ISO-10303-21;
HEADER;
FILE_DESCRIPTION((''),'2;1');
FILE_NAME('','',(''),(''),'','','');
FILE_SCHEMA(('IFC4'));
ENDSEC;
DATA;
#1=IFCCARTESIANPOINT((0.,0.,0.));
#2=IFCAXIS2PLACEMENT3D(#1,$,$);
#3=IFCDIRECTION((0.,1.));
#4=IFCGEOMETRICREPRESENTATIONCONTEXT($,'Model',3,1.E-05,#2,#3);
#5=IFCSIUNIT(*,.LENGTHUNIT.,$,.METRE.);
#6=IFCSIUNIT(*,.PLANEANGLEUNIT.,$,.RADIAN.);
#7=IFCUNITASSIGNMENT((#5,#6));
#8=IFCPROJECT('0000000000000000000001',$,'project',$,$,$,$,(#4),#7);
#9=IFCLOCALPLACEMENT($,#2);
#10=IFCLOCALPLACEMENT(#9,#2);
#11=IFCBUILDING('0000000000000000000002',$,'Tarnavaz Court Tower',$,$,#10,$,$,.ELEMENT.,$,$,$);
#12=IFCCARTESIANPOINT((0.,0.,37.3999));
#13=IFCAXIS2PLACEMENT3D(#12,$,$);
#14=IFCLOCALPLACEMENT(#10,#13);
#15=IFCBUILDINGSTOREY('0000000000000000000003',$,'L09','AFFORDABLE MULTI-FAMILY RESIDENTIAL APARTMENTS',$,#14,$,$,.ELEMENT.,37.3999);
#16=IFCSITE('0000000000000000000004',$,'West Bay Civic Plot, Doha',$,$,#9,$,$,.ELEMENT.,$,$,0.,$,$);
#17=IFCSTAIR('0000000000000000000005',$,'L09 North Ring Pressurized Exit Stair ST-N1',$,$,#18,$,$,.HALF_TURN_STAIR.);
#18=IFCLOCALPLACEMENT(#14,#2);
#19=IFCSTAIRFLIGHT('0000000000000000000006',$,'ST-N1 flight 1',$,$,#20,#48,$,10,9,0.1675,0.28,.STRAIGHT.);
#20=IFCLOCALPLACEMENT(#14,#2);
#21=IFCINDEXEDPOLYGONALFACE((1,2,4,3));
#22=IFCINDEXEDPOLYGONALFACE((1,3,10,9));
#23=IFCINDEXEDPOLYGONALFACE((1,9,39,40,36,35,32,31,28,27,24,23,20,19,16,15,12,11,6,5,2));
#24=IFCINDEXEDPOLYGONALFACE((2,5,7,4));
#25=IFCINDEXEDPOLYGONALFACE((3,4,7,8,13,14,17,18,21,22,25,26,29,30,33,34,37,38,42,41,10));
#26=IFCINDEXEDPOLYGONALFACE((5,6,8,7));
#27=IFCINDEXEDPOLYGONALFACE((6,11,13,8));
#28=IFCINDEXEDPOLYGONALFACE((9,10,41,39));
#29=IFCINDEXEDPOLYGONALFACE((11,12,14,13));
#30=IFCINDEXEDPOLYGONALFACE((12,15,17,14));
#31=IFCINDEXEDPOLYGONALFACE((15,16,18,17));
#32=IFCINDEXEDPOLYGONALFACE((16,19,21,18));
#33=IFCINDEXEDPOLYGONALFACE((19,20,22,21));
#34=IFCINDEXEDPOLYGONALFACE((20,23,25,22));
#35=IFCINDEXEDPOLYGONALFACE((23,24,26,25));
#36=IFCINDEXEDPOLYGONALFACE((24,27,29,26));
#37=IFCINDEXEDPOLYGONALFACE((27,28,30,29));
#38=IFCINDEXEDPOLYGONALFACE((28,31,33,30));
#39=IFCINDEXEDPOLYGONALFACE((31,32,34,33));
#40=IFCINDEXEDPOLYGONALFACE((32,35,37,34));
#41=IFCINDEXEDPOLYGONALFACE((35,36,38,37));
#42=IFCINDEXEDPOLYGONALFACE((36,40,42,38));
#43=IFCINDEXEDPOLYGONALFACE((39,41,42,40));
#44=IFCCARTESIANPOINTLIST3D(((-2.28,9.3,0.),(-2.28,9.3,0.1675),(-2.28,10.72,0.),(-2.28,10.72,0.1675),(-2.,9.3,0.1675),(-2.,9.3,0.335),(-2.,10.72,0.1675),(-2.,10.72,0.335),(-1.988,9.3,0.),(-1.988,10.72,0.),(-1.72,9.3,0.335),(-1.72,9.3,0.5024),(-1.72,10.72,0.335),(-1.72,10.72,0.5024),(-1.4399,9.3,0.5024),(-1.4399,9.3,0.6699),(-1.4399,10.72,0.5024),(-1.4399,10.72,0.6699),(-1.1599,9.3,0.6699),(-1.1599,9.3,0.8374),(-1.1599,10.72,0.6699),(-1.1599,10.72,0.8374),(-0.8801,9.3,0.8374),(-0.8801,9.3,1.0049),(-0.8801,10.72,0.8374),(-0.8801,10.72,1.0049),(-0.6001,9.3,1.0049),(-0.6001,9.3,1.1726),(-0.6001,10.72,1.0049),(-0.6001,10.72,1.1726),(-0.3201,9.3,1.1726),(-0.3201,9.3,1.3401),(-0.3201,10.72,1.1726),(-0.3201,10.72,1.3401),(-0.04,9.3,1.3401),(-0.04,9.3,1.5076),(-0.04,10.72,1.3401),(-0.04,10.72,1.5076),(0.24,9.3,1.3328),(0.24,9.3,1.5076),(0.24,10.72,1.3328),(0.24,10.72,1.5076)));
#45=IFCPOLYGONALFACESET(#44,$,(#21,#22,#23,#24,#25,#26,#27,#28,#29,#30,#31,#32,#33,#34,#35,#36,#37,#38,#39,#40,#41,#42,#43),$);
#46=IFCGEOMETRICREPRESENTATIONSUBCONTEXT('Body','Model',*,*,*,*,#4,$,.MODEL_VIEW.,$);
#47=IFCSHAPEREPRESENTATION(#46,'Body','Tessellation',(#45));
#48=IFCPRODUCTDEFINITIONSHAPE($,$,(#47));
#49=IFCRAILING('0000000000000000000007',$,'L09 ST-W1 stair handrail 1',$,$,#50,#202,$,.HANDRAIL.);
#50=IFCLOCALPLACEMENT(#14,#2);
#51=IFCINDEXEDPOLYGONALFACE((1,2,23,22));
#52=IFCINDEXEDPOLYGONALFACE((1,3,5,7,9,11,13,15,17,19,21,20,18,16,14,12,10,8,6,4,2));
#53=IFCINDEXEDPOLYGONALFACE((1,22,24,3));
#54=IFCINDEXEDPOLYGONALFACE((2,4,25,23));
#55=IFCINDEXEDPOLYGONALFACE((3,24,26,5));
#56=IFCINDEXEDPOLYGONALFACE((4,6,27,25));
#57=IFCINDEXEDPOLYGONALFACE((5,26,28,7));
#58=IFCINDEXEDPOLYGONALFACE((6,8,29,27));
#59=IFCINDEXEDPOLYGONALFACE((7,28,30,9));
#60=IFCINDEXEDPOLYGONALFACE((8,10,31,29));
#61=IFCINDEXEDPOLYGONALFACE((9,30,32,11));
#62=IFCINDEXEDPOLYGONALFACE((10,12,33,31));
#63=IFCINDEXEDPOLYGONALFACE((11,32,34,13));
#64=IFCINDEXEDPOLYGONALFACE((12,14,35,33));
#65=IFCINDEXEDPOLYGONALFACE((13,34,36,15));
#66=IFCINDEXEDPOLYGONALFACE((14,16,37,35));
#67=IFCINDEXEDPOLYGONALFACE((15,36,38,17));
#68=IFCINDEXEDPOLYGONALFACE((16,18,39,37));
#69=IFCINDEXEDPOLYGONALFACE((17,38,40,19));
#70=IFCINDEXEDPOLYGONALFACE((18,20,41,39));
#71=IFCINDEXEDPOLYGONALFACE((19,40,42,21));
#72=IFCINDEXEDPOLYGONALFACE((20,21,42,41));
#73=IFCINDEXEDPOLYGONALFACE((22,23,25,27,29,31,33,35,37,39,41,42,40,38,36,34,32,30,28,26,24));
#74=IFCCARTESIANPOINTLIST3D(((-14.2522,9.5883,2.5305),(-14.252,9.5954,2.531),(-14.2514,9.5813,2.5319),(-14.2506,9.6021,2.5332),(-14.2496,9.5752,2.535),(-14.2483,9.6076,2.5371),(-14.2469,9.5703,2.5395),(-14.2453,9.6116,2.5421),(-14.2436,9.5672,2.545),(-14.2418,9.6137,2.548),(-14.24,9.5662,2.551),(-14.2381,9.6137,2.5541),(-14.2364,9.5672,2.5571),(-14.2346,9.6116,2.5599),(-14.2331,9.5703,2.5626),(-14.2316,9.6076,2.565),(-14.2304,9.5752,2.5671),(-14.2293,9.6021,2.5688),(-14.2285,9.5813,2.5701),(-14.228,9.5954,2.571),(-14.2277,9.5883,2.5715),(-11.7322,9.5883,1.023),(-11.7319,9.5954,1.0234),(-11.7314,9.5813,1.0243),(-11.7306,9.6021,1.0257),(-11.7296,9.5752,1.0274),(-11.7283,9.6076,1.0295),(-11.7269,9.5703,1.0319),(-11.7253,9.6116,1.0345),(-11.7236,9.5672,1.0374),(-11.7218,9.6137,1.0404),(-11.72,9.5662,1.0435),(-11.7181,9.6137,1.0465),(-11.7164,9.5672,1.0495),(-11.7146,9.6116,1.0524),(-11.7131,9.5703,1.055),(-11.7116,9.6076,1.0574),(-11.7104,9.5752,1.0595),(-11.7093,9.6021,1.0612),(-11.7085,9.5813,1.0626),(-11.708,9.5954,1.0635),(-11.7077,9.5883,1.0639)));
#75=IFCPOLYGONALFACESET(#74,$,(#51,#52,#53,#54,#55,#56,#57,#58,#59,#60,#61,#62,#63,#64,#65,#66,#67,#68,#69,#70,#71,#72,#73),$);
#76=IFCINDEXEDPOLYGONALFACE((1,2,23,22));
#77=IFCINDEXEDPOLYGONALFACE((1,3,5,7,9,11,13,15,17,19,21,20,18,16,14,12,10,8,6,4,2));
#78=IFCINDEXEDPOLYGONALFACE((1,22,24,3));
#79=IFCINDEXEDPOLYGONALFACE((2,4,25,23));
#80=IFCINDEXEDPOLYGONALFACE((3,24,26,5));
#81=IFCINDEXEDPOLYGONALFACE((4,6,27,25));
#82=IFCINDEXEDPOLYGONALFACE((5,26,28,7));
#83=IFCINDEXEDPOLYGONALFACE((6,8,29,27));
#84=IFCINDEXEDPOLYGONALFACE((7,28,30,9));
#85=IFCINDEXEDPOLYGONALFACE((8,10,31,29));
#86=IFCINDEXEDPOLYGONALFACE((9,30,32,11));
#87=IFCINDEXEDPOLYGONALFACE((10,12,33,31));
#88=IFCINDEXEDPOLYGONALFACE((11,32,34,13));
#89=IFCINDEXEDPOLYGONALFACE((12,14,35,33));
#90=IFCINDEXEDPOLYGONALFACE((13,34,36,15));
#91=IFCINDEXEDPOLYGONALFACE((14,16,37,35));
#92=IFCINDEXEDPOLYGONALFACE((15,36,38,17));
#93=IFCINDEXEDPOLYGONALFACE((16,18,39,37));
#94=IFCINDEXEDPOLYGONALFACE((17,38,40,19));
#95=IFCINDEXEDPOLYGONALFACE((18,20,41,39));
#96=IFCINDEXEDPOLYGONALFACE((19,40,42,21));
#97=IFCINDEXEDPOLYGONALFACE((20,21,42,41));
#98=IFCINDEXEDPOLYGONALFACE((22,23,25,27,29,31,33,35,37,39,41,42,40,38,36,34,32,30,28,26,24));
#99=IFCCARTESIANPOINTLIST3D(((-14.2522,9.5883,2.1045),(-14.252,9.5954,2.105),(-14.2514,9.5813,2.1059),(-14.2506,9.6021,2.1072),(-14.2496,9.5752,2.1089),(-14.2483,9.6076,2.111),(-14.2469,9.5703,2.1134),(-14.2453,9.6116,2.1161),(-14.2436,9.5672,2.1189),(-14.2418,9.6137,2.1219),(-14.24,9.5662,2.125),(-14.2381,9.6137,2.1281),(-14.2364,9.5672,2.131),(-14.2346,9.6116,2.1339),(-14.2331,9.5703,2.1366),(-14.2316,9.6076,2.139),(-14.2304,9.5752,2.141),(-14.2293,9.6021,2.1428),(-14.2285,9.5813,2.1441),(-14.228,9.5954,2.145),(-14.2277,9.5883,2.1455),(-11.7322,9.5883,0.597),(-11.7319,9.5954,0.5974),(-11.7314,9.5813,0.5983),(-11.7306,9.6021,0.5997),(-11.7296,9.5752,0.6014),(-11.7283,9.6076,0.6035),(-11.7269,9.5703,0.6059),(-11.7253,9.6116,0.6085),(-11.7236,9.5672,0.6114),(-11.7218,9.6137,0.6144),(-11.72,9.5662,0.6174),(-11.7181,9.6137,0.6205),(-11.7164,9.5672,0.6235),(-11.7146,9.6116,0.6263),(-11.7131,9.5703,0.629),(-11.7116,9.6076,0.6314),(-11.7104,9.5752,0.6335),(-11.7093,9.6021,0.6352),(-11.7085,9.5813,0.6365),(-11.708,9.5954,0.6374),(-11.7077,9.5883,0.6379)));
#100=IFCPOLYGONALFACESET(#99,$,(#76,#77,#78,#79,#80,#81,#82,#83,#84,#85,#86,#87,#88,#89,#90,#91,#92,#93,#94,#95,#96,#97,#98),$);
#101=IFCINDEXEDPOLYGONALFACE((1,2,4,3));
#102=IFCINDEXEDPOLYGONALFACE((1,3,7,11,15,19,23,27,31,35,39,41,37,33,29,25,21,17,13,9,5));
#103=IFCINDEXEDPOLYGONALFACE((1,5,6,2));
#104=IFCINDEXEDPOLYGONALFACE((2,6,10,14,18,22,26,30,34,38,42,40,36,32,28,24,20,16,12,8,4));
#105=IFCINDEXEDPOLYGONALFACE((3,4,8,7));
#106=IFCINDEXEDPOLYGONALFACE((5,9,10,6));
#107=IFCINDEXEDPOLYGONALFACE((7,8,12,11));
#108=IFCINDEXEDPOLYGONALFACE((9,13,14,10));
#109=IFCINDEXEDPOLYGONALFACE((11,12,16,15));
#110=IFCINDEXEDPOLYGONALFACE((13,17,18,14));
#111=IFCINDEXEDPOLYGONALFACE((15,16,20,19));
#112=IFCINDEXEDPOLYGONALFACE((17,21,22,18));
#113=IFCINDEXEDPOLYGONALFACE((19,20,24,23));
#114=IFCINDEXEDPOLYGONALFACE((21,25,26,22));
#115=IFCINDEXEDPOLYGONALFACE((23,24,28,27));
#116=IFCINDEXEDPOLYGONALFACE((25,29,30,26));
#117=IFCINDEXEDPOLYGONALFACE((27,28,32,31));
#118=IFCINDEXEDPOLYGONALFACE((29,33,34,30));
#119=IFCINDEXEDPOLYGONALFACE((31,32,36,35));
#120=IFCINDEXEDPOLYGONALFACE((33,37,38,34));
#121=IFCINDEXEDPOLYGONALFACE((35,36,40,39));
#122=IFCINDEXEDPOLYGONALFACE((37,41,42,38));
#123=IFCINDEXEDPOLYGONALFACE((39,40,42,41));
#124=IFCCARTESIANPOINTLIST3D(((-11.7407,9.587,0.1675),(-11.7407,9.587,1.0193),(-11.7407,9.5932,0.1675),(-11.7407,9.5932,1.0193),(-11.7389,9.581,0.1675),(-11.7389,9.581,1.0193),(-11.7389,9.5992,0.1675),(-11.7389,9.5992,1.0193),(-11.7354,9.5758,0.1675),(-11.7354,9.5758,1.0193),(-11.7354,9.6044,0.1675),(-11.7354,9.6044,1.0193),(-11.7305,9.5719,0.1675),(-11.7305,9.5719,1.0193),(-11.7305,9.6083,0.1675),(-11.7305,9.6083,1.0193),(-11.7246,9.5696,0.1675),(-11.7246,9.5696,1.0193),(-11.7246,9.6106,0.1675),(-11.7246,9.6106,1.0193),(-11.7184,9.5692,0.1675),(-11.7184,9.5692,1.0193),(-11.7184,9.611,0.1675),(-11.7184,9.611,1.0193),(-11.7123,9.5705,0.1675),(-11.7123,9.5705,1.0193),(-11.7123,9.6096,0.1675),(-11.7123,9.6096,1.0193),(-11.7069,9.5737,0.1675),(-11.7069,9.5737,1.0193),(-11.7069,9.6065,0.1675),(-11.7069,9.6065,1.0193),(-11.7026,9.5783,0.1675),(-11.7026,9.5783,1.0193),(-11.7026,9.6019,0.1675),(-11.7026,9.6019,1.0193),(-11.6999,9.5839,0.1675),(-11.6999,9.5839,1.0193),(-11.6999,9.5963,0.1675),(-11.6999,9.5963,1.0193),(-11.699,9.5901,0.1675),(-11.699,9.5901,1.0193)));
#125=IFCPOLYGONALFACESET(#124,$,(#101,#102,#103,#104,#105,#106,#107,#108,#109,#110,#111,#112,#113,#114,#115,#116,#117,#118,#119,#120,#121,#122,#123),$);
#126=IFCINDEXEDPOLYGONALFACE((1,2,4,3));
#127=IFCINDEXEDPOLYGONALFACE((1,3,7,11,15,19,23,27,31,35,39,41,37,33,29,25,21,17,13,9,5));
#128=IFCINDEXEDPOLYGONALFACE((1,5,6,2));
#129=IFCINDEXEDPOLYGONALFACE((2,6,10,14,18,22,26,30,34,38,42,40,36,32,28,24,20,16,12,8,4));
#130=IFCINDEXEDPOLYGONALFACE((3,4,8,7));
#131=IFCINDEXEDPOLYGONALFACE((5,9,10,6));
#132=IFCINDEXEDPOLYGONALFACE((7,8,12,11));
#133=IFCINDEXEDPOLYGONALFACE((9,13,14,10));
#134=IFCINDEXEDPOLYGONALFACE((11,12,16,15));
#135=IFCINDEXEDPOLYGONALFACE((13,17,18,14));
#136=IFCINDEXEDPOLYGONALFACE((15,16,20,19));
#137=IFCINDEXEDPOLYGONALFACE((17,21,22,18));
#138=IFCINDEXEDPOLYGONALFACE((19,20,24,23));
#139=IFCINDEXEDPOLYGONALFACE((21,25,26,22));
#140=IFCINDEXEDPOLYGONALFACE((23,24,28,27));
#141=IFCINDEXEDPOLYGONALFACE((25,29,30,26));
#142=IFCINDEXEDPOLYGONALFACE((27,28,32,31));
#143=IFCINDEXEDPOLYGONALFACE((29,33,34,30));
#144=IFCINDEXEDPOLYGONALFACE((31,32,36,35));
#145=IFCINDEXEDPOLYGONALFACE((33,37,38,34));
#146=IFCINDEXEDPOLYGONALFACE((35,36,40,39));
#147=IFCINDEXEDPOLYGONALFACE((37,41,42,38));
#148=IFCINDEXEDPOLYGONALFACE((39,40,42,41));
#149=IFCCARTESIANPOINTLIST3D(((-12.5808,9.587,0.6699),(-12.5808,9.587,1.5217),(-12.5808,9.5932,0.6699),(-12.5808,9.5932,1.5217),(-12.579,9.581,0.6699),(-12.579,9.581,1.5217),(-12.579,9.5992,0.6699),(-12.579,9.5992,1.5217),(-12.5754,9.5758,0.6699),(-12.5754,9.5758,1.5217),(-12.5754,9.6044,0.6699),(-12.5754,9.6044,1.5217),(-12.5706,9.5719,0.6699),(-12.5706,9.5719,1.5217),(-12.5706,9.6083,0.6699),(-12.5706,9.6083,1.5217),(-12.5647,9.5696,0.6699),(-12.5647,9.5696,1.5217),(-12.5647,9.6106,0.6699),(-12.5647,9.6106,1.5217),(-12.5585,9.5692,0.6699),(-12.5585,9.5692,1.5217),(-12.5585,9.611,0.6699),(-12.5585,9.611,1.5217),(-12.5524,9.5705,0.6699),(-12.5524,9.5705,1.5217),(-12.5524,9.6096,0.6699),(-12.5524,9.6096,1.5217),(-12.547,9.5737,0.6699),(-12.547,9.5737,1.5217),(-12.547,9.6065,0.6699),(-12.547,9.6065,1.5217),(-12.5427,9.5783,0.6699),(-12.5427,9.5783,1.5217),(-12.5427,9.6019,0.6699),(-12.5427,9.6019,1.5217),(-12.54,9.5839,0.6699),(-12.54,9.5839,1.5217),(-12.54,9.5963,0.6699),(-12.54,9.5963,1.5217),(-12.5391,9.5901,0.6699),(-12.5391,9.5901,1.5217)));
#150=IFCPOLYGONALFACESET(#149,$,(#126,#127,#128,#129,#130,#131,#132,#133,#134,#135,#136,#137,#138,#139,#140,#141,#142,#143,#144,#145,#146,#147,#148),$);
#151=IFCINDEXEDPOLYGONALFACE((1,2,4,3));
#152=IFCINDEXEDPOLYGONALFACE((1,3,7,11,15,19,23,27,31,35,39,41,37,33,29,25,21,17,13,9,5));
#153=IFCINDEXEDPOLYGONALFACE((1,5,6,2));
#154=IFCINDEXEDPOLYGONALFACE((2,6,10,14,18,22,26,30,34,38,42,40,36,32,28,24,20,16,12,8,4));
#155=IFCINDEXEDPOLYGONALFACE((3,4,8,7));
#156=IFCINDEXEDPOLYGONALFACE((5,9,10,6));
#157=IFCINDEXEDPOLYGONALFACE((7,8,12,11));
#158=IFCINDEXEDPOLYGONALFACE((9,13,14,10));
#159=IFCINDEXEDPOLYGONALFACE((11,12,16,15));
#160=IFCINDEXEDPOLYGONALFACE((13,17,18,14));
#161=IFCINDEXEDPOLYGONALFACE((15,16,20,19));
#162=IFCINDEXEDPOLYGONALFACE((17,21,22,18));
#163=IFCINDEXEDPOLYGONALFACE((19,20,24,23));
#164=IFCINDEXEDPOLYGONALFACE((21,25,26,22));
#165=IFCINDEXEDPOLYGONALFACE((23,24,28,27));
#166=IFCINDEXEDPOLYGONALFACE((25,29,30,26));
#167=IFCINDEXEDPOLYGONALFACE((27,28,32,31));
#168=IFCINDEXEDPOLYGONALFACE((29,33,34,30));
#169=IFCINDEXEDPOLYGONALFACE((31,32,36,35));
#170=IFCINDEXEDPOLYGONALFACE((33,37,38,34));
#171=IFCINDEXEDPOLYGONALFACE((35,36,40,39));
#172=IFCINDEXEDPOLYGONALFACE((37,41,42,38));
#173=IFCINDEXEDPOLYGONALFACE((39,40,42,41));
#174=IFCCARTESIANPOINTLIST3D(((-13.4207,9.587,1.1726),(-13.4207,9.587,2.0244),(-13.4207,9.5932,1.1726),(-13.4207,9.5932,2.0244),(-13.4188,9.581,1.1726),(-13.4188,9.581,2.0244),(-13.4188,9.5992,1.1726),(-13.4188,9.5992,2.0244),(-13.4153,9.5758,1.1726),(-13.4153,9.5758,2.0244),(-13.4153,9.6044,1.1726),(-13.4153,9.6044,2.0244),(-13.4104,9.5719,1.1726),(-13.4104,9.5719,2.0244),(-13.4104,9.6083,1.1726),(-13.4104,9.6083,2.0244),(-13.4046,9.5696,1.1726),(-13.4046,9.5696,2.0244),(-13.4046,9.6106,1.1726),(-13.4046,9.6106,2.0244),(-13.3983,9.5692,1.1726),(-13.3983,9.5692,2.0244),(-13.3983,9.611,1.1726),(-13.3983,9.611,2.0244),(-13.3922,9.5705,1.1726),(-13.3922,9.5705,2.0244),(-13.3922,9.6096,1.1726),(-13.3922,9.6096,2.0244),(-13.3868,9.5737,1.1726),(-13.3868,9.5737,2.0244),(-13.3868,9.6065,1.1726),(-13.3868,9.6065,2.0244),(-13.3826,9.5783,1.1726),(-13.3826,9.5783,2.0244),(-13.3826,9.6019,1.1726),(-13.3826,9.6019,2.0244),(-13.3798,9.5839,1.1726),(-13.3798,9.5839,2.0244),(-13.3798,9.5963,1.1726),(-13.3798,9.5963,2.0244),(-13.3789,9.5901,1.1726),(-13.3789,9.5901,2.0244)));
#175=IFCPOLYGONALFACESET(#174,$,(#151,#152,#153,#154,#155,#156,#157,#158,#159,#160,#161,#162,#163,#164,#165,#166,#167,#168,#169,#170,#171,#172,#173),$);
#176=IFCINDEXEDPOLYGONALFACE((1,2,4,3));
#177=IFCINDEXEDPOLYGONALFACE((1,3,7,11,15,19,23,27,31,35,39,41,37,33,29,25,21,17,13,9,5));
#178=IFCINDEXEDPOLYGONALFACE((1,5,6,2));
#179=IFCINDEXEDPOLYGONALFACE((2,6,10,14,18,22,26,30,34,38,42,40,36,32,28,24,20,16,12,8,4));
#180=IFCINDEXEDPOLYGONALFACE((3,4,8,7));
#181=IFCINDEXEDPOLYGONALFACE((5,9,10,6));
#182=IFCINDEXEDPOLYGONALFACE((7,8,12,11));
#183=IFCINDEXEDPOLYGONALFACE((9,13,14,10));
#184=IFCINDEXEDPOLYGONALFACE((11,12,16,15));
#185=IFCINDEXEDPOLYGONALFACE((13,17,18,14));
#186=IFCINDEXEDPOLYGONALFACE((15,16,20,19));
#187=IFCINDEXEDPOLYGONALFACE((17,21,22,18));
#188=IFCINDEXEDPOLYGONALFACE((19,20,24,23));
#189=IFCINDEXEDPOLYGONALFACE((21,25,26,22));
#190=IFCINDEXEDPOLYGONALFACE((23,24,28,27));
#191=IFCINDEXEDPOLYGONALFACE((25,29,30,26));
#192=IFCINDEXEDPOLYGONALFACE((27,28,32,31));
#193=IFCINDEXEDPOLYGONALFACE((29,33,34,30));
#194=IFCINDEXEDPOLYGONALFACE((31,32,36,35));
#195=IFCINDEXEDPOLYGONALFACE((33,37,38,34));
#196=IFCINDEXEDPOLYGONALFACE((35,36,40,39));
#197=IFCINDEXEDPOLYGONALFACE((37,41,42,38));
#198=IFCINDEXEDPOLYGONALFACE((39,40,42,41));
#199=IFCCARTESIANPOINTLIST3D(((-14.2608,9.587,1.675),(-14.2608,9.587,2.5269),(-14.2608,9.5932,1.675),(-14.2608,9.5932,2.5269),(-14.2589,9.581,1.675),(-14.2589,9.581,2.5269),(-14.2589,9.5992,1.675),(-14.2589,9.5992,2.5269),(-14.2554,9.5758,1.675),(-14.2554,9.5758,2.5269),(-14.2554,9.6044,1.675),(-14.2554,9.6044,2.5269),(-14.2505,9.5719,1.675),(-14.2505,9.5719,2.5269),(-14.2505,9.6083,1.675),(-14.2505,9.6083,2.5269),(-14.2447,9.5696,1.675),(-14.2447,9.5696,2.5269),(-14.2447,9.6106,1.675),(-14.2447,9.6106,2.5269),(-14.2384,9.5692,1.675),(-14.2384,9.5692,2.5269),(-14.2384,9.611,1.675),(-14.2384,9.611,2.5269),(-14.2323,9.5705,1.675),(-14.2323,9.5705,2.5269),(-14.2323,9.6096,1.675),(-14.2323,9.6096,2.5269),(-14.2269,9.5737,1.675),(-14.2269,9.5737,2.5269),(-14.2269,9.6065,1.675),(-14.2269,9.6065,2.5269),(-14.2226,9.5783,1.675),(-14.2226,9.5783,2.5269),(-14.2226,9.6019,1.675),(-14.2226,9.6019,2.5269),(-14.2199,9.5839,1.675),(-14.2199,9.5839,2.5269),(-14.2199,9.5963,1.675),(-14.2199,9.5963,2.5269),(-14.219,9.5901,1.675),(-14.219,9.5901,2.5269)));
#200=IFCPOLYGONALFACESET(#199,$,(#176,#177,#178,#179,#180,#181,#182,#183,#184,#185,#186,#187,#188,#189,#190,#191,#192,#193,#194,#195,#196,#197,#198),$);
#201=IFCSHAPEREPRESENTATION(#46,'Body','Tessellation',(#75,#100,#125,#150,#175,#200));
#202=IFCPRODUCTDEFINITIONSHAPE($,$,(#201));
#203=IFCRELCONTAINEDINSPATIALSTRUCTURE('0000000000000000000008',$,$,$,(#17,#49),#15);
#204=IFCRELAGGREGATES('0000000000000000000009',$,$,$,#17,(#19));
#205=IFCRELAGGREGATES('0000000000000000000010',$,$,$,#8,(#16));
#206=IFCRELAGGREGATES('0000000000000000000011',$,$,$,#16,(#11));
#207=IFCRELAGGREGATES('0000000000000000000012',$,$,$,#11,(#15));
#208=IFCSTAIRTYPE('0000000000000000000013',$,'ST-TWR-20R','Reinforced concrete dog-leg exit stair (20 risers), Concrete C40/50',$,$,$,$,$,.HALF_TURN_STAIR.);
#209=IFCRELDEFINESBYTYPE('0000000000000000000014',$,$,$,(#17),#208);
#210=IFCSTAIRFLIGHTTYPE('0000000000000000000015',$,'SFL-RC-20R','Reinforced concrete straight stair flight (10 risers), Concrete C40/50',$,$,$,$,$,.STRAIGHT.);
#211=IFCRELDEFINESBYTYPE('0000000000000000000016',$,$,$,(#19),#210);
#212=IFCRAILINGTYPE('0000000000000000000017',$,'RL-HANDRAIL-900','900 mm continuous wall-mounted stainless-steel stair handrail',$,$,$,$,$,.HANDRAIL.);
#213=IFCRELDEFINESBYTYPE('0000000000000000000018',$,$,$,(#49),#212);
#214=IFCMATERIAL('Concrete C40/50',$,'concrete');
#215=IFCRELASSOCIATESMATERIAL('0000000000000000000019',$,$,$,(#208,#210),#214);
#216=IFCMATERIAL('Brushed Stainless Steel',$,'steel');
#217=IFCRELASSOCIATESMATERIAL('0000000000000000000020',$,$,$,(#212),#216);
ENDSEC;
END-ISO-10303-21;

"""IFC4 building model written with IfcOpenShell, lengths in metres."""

from ifc_helpers import new_model, si_unit, direction, frame, origin, origin_2d, place, context, subcontext, project, spatial, polyline, circle, outline, extrude, material, type_object, element, aggregate, save


model = new_model("IFC4")

# Units and contexts
model_context = context("Model", 3, precision=1e-05, world=origin(), true_north=direction((0.0, 1.0)))
body_context = subcontext(model_context, "Body", "Model", "MODEL_VIEW")
ifc_project = project(units=[si_unit("LENGTHUNIT", "METRE"), si_unit("PLANEANGLEUNIT", "RADIAN")], contexts=[model_context])

# Site, building, storey
site_placement = place(None, origin())
site = spatial("IfcSite", under=ifc_project, at=site_placement, Name="West Bay Civic Plot, Doha", CompositionType="ELEMENT", RefElevation=0.0)
building_placement = place(site_placement, origin())
building = spatial("IfcBuilding", under=site, at=building_placement, Name="Tarnavaz Court Tower", CompositionType="ELEMENT")
storey_placement = place(building_placement, frame((0.0, 0.0, 37.3999)))
storey = spatial("IfcBuildingStorey", under=building, at=storey_placement, Name="L09", Description="AFFORDABLE MULTI-FAMILY RESIDENTIAL APARTMENTS", CompositionType="ELEMENT", Elevation=37.3999)

# Stair, stair flight
ifc_material_1 = material(Name="Concrete C40/50", Category="concrete")
stair_type = type_object("IfcStairType", Name="ST-TWR-20R", Description="Reinforced concrete dog-leg exit stair (20 risers), Concrete C40/50", PredefinedType="HALF_TURN_STAIR", material=ifc_material_1)
stair_flight_type = type_object("IfcStairFlightType", Name="SFL-RC-20R", Description="Reinforced concrete straight stair flight (10 risers), Concrete C40/50", PredefinedType="STRAIGHT", material=ifc_material_1)
stair_1_placement = place(storey_placement, origin())
stair_1 = element("IfcStair", 1, at=stair_1_placement, inside=storey, type_object=stair_type, Name="L09 North Ring Pressurized Exit Stair ST-N1", PredefinedType="HALF_TURN_STAIR")
stair_flight_1_placement = place(storey_placement, frame((-2.28, 10.01, 0.0), z_axis=(0.0, 0.0, 1.0), x_axis=(1.0, 0.0, 0.0)))
stair_flight_1 = element("IfcStairFlight", 2, at=stair_flight_1_placement, type_object=stair_flight_type, Name="ST-N1 flight 1", NumberOfRisers=10, NumberOfTreads=9, PredefinedType="STRAIGHT", RiserHeight=0.1675, TreadLength=0.28, context=body_context, shape_type="SweptSolid", body=[
    extrude(outline(polyline([(0.0, 0.0), (0.0, 0.1675), (0.28, 0.1675), (0.28, 0.335), (0.5601, 0.335), (0.5601, 0.5024), (0.8401, 0.5024), (0.8401, 0.6699), (1.1201, 0.6699), (1.1201, 0.8374), (1.3999, 0.8374), (1.3999, 1.0049), (1.6799, 1.0049), (1.6799, 1.1726), (1.96, 1.1726), (1.96, 1.3401), (2.24, 1.3401), (2.24, 1.5076), (2.52, 1.5076), (2.52, 1.675), (2.52, 1.3328), (0.292, 0.0), (0.0, 0.0)])), frame((0.0, 0.71, 0.0), z_axis=(0.0, -1.0, 0.0), x_axis=(1.0, 0.0, 0.0)), (0.0, 0.0, 1.0), 1.4199),
])
aggregate(stair_1, [stair_flight_1])

# Railing
ifc_material_2 = material(Name="Brushed Stainless Steel", Category="steel")
railing_type_1 = type_object("IfcRailingType", Name="RL-HANDRAIL-900", Description="900 mm continuous wall-mounted stainless-steel stair handrail", PredefinedType="HANDRAIL", material=ifc_material_2)
railing_1_placement = place(storey_placement, frame((-11.72, 9.5901, 0.1675)))
element("IfcRailing", 3, at=railing_1_placement, inside=storey, type_object=railing_type_1, Name="L09 ST-W1 stair handrail 1", PredefinedType="HANDRAIL", context=body_context, shape_type="SweptSolid", body=[
    extrude(circle(Radius=0.0239, at=origin_2d()), frame((0.0, 0.0, 0.876), z_axis=(-0.85816, 0.0, 0.513383), x_axis=(0.0, -1.0, 0.0)), (0.0, 0.0, 1.0), 2.9365),
    extrude(circle(Radius=0.0239, at=origin_2d()), frame((0.0, 0.0, 0.45), z_axis=(-0.85816, 0.0, 0.513383), x_axis=(0.0, -1.0, 0.0)), (0.0, 0.0, 1.0), 2.9365),
    extrude(circle(Radius=0.021, at=origin_2d()), origin(), (0.0, 0.0, 1.0), 0.8518),
    extrude(circle(Radius=0.021, at=origin_2d()), frame((-0.8401, 0.0, 0.5024)), (0.0, 0.0, 1.0), 0.8518),
    extrude(circle(Radius=0.021, at=origin_2d()), frame((-1.6799, 0.0, 1.0051)), (0.0, 0.0, 1.0), 0.8518),
    extrude(circle(Radius=0.021, at=origin_2d()), frame((-2.52, 0.0, 1.5076)), (0.0, 0.0, 1.0), 0.8518),
])

save(model, "model.ifc")
